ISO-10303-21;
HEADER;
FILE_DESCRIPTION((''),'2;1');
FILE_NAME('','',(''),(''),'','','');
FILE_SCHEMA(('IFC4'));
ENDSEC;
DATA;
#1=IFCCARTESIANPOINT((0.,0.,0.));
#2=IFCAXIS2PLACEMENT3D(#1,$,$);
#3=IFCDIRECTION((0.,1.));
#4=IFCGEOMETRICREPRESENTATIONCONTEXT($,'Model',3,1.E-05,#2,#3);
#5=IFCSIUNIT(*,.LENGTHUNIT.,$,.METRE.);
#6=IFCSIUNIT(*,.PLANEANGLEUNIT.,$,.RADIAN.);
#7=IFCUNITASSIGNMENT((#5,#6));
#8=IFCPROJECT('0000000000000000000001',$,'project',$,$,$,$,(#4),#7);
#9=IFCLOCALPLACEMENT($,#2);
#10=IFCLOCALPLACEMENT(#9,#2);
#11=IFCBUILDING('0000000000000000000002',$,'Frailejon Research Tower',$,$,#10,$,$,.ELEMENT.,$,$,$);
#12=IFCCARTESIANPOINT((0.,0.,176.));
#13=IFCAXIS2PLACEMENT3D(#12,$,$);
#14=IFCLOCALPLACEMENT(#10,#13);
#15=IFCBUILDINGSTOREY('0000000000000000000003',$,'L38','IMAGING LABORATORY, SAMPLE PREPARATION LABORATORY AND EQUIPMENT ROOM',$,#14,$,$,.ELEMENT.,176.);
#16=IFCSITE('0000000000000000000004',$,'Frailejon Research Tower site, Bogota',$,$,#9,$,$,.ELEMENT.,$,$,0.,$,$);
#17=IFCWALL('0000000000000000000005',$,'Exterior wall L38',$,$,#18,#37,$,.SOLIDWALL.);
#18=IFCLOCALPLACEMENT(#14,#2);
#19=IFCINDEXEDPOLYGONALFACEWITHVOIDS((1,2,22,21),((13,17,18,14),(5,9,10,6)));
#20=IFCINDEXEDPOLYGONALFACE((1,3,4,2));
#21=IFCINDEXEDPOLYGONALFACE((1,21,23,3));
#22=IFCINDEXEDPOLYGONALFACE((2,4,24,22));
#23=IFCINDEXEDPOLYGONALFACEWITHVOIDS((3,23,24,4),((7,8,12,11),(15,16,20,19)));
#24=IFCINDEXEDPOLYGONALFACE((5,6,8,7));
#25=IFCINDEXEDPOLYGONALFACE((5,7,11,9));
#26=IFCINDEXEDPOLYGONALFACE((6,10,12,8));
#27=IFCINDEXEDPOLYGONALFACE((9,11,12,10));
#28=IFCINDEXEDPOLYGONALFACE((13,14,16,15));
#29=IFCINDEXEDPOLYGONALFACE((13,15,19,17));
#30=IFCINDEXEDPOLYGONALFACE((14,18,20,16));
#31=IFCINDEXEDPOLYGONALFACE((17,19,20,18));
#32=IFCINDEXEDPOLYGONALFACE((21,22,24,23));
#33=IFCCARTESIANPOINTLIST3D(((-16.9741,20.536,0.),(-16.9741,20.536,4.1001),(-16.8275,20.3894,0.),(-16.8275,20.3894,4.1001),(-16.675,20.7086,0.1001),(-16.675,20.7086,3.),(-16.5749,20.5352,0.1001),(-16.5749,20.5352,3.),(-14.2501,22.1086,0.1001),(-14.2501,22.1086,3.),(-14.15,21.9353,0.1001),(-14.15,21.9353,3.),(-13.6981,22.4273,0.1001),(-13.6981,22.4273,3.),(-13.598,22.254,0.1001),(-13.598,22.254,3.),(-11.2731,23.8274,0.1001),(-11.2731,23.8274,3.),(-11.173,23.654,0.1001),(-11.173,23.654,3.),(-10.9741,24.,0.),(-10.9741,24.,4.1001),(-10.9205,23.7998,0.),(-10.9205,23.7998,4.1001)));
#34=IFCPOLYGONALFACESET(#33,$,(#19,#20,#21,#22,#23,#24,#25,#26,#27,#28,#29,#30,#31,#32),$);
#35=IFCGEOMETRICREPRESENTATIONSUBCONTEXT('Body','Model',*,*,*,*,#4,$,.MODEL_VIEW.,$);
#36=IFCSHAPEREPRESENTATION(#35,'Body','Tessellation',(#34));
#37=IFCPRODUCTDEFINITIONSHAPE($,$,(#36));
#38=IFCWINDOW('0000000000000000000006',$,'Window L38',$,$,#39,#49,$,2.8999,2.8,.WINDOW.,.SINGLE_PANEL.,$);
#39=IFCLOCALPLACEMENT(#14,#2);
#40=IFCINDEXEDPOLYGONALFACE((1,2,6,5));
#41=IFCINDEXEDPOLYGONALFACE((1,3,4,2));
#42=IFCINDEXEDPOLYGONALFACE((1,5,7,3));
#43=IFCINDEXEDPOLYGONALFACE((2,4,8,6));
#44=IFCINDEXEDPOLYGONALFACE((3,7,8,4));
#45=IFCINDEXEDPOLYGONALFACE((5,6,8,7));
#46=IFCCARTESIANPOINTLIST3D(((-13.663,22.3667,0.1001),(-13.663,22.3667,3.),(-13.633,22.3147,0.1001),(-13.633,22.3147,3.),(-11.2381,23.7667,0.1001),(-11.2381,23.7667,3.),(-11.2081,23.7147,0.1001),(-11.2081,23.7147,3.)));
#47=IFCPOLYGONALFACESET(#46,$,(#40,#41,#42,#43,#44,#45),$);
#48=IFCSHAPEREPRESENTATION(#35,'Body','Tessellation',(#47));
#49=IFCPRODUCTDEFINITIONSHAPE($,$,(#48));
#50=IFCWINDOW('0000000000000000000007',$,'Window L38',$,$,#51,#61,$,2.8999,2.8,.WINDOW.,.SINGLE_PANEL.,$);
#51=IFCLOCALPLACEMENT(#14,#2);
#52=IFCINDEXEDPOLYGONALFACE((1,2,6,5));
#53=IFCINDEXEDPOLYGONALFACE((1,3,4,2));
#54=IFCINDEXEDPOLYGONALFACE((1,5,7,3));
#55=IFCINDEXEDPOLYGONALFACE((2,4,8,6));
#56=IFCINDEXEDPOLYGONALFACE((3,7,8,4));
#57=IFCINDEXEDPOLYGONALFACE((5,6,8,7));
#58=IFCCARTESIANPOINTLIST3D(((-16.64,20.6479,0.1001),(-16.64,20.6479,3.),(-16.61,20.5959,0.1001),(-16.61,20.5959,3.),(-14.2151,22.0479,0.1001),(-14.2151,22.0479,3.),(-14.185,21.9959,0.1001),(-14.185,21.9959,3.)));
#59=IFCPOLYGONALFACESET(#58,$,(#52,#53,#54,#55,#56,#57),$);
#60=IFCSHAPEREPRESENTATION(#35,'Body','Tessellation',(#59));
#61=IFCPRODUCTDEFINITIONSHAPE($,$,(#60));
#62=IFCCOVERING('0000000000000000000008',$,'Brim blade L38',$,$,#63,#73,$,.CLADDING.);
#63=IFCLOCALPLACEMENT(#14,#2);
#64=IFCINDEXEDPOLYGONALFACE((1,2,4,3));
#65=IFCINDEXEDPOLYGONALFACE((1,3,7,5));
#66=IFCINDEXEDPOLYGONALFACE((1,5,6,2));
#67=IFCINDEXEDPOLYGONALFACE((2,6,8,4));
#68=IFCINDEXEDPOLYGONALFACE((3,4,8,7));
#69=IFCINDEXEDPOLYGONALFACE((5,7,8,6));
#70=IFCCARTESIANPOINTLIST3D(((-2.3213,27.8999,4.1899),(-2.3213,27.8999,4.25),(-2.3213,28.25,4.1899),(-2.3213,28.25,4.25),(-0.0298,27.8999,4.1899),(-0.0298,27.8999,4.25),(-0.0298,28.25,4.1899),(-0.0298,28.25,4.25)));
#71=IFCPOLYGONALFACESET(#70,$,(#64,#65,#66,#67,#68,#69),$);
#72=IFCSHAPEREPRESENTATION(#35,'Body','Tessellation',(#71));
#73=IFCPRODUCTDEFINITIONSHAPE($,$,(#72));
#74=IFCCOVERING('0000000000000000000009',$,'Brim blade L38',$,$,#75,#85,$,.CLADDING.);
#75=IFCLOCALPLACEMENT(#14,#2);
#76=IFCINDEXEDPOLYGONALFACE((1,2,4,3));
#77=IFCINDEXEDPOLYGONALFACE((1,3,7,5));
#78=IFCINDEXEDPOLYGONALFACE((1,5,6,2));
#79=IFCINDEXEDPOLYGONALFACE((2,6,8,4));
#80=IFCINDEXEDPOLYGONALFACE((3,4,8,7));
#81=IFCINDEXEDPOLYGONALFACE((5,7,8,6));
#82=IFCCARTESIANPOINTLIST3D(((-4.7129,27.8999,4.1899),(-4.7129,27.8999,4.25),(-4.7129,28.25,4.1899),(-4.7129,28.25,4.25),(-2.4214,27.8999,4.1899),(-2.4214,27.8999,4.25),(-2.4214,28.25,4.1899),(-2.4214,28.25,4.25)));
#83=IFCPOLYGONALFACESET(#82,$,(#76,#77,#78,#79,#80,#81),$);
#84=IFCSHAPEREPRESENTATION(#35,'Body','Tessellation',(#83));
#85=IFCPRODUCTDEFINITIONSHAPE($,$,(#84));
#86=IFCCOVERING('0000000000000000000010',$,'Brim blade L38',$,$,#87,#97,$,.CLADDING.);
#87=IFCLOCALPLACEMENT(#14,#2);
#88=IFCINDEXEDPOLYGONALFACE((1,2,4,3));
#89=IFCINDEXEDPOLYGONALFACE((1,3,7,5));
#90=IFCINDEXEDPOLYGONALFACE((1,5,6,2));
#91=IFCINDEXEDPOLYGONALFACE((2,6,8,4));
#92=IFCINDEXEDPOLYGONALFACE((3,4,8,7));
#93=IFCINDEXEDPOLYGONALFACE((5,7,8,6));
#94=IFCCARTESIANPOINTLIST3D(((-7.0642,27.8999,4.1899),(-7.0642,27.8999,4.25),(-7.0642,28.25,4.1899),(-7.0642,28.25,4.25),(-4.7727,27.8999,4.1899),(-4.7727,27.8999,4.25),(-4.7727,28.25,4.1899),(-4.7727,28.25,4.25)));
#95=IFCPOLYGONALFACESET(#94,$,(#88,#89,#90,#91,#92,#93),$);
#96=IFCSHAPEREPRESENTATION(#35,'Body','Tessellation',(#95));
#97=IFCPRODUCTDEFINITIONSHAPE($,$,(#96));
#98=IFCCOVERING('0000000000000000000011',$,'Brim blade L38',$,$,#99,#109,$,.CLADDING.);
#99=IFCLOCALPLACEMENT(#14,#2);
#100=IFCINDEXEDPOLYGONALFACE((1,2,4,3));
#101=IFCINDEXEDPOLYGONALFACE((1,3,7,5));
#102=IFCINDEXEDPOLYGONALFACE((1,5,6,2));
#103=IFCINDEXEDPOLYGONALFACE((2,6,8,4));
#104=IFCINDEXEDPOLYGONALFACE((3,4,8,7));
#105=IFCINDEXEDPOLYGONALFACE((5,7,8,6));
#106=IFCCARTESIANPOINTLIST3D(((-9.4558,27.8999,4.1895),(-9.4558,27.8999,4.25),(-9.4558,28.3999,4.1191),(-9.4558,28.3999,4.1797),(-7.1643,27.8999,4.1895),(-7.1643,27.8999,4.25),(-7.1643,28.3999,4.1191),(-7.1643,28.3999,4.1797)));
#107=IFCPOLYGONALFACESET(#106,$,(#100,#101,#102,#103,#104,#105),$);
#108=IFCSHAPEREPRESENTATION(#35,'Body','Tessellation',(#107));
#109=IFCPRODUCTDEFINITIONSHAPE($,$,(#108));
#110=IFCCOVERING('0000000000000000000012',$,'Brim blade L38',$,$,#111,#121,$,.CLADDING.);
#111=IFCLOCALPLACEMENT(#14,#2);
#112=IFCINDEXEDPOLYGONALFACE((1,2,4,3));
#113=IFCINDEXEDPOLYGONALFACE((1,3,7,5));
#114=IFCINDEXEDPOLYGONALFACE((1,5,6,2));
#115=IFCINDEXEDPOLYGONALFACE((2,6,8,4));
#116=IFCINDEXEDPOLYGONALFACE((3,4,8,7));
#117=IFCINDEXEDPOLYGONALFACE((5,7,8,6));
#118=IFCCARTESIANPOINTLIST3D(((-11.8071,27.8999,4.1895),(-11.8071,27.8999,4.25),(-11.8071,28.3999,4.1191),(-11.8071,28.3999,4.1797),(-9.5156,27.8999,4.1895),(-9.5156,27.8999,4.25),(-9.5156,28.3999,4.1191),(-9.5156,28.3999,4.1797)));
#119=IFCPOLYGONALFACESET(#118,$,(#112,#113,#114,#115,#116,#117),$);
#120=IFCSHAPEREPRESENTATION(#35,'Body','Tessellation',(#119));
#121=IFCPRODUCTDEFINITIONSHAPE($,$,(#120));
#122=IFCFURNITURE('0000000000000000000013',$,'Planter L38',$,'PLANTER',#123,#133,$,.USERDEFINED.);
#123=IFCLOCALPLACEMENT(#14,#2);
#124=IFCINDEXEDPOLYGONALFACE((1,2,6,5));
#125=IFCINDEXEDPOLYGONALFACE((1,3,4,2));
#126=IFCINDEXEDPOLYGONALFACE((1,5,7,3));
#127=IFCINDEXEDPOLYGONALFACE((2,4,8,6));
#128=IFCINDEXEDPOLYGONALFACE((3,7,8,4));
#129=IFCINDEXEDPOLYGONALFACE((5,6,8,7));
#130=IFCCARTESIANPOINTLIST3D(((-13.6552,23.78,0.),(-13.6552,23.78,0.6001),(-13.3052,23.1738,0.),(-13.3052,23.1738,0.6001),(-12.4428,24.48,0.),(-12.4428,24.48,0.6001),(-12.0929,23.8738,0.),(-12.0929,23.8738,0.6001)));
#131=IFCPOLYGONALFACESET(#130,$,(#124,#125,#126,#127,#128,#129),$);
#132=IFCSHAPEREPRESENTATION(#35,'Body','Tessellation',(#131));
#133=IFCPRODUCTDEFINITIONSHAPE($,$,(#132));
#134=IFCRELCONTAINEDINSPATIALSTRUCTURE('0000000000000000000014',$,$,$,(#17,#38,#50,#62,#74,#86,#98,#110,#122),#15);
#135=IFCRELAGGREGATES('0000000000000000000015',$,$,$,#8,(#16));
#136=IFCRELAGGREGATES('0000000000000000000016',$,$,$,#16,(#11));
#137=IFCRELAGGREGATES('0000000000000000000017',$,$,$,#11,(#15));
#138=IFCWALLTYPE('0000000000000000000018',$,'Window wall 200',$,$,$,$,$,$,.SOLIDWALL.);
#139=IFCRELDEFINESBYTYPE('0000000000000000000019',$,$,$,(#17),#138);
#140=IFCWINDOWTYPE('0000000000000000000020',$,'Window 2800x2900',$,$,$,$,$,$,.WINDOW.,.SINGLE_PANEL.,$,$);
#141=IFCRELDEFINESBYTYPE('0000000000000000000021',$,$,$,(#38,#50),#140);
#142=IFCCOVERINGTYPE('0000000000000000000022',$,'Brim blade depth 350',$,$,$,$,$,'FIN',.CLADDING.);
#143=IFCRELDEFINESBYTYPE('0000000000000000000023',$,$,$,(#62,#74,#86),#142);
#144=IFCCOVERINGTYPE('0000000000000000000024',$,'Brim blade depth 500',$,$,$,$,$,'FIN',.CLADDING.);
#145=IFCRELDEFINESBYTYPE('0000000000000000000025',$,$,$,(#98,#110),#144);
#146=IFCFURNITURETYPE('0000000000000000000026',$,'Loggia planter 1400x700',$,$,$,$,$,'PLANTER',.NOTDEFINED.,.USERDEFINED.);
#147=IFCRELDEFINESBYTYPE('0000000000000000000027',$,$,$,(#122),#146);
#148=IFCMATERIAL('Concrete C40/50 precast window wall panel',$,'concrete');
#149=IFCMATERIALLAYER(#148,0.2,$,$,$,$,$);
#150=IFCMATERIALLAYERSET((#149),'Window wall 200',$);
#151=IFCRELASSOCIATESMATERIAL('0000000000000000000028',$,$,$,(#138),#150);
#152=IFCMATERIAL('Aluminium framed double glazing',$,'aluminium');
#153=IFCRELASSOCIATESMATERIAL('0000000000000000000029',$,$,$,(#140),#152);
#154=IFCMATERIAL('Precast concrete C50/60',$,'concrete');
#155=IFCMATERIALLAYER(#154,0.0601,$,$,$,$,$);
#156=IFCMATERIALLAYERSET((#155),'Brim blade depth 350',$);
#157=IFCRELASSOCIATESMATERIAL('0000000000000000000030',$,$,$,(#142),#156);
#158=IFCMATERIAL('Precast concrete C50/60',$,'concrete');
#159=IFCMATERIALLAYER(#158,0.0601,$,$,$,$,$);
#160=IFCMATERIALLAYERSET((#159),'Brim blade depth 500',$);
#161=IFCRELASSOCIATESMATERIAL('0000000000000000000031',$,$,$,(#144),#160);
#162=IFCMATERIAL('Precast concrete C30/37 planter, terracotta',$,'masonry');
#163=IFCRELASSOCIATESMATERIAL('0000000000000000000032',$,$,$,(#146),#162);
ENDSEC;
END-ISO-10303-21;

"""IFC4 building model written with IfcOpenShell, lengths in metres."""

from ifc_helpers import new_model, si_unit, direction, frame, frame_2d, origin, origin_2d, place, context, subcontext, project, spatial, polyline, rectangle, outline, extrude, material, layer, layer_set, type_object, element, fill, save


model = new_model("IFC4")

# Units and contexts
model_context = context("Model", 3, precision=1e-05, world=origin(), true_north=direction((0.0, 1.0)))
body_context = subcontext(model_context, "Body", "Model", "MODEL_VIEW")
ifc_project = project(units=[si_unit("LENGTHUNIT", "METRE"), si_unit("PLANEANGLEUNIT", "RADIAN")], contexts=[model_context])

# Site, building, storey
site_placement = place(None, origin())
site = spatial("IfcSite", under=ifc_project, at=site_placement, Name="Frailejon Research Tower site, Bogota", CompositionType="ELEMENT", RefElevation=0.0)
building_placement = place(site_placement, origin())
building = spatial("IfcBuilding", under=site, at=building_placement, Name="Frailejon Research Tower", CompositionType="ELEMENT")
storey_placement = place(building_placement, frame((0.0, 0.0, 176.0)))
storey = spatial("IfcBuildingStorey", under=building, at=storey_placement, Name="L38", Description="IMAGING LABORATORY, SAMPLE PREPARATION LABORATORY AND EQUIPMENT ROOM", CompositionType="ELEMENT", Elevation=176.0)

# Wall, openings, windows
ifc_material_1 = material(Name="Concrete C40/50 precast window wall panel", Category="concrete")
ifc_layer_1 = layer(ifc_material_1, 0.2)
ifc_layer_set_1 = layer_set([ifc_layer_1], Name="Window wall 200")
wall_type = type_object("IfcWallType", Name="Window wall 200", PredefinedType="SOLIDWALL", material=ifc_layer_set_1)
wall_placement = place(storey_placement, frame((-10.9473, 23.8999, 0.0), z_axis=(0.0, 0.0, 1.0), x_axis=(-0.866029, -0.499993, 0.0)))
wall = element("IfcWall", 1, at=wall_placement, inside=storey, type_object=wall_type, Name="Exterior wall L38", PredefinedType="SOLIDWALL", context=body_context, shape_type="SweptSolid", body=[
    extrude(outline(polyline([(-0.0269, -0.1001), (1.1279, -0.1001), (2.2825, -0.1001), (3.4373, -0.1001), (4.592, -0.1001), (5.7466, -0.1001), (6.9014, -0.1001), (6.8477, 0.1001), (5.7109, 0.1001), (4.574, 0.1001), (3.4373, 0.1001), (2.3005, 0.1001), (1.1636, 0.1001), (0.0269, 0.1001), (-0.0269, -0.1001)])), origin(), (0.0, 0.0, 1.0), 4.1001),
])
opening_1_placement = place(wall_placement, frame((0.3186, 0.0, 0.1001)))
opening_1 = element("IfcOpeningElement", 2, at=opening_1_placement, cuts=wall, PredefinedType="OPENING", context=body_context, shape_type="SweptSolid", body=[
    extrude(rectangle(XDim=2.8, YDim=2.8999, at=frame_2d((1.3999, 1.45))), frame((0.0, 0.1099, 0.0), z_axis=(0.0, -1.0, 0.0), x_axis=(1.0, 0.0, 0.0)), (0.0, 0.0, 1.0), 0.22),
])
opening_2_placement = place(wall_placement, frame((3.7561, 0.0, 0.1001)))
opening_2 = element("IfcOpeningElement", 3, at=opening_2_placement, cuts=wall, PredefinedType="OPENING", context=body_context, shape_type="SweptSolid", body=[
    extrude(rectangle(XDim=2.8, YDim=2.8999, at=frame_2d((1.3999, 1.45))), frame((0.0, 0.1099, 0.0), z_axis=(0.0, -1.0, 0.0), x_axis=(1.0, 0.0, 0.0)), (0.0, 0.0, 1.0), 0.22),
])
ifc_material_2 = material(Name="Aluminium framed double glazing", Category="aluminium")
window_type = type_object("IfcWindowType", Name="Window 2800x2900", PartitioningType="SINGLE_PANEL", PredefinedType="WINDOW", material=ifc_material_2)
window_1_placement = place(opening_1_placement, origin())
window_1 = element("IfcWindow", 4, at=window_1_placement, inside=storey, type_object=window_type, Name="Window L38", OverallHeight=2.8999, OverallWidth=2.8, PartitioningType="SINGLE_PANEL", PredefinedType="WINDOW", context=body_context, shape_type="SweptSolid", body=[
    extrude(rectangle(XDim=2.8, YDim=2.8999, at=frame_2d((1.3999, 1.45))), frame((0.0, 0.03, 0.0), z_axis=(0.0, -1.0, 0.0), x_axis=(1.0, 0.0, 0.0)), (0.0, 0.0, 1.0), 0.0601),
])
fill(opening_1, window_1)
window_2_placement = place(opening_2_placement, origin())
window_2 = element("IfcWindow", 5, at=window_2_placement, inside=storey, type_object=window_type, Name="Window L38", OverallHeight=2.8999, OverallWidth=2.8, PartitioningType="SINGLE_PANEL", PredefinedType="WINDOW", context=body_context, shape_type="SweptSolid", body=[
    extrude(rectangle(XDim=2.8, YDim=2.8999, at=frame_2d((1.3999, 1.45))), frame((0.0, 0.03, 0.0), z_axis=(0.0, -1.0, 0.0), x_axis=(1.0, 0.0, 0.0)), (0.0, 0.0, 1.0), 0.0601),
])
fill(opening_2, window_2)

# Coverings
ifc_material_3 = material(Name="Precast concrete C50/60", Category="concrete")
ifc_layer_2 = layer(ifc_material_3, 0.0601)
ifc_layer_set_2 = layer_set([ifc_layer_2], Name="Brim blade depth 350")
covering_type_1 = type_object("IfcCoveringType", Name="Brim blade depth 350", ElementType="FIN", PredefinedType="CLADDING", material=ifc_layer_set_2)
for number, where, z_axis, x_axis, name in (
    (6, (-2.3213, 27.8999, 4.25), (1.0, 0.0, 0.0), (0.0, 1.0, 0.0), "Brim blade L38"),
    (7, (-4.7129, 27.8999, 4.25), (1.0, 0.0, 0.0), (0.0, 1.0, 0.0), "Brim blade L38"),
    (8, (-7.0642, 27.8999, 4.25), (1.0, 0.0, 0.0), (0.0, 1.0, 0.0), "Brim blade L38"),
):
    element("IfcCovering", number, at=place(storey_placement, frame(where, z_axis=z_axis, x_axis=x_axis)), inside=storey, type_object=covering_type_1, Name=name, PredefinedType="CLADDING", context=body_context, shape_type="SweptSolid", body=[
        extrude(outline(polyline([(0.0, -0.0601), (0.3501, -0.0601), (0.3501, 0.0), (0.0, 0.0), (0.0, -0.0601)])), origin(), (0.0, 0.0, 1.0), 2.2915),
    ])
ifc_material_4 = material(Name="Precast concrete C50/60", Category="concrete")
ifc_layer_3 = layer(ifc_material_4, 0.0601)
ifc_layer_set_3 = layer_set([ifc_layer_3], Name="Brim blade depth 500")
covering_type_2 = type_object("IfcCoveringType", Name="Brim blade depth 500", ElementType="FIN", PredefinedType="CLADDING", material=ifc_layer_set_3)
for number, where, z_axis, x_axis, name in (
    (9, (-9.4558, 27.8999, 4.25), (1.0, 0.0, 0.0), (0.0, 1.0, 0.0), "Brim blade L38"),
    (10, (-11.8071, 27.8999, 4.25), (1.0, 0.0, 0.0), (0.0, 1.0, 0.0), "Brim blade L38"),
):
    element("IfcCovering", number, at=place(storey_placement, frame(where, z_axis=z_axis, x_axis=x_axis)), inside=storey, type_object=covering_type_2, Name=name, PredefinedType="CLADDING", context=body_context, shape_type="SweptSolid", body=[
        extrude(outline(polyline([(0.0, -0.0605), (0.5, -0.1309), (0.5, -0.0703), (0.0, 0.0), (0.0, -0.0605)])), origin(), (0.0, 0.0, 1.0), 2.2915),
    ])

# Furniture
ifc_material_5 = material(Name="Precast concrete C30/37 planter, terracotta", Category="masonry")
furniture_type = type_object("IfcFurnitureType", Name="Loggia planter 1400x700", ElementType="PLANTER", AssemblyPlace="NOTDEFINED", PredefinedType="USERDEFINED", material=ifc_material_5)
furniture_placement = place(storey_placement, frame((-12.874, 23.8269, 0.0), z_axis=(0.0, 0.0, 1.0), x_axis=(-0.866025, -0.5, 0.0)))
element("IfcFurniture", 11, at=furniture_placement, inside=storey, type_object=furniture_type, Name="Planter L38", ObjectType="PLANTER", PredefinedType="USERDEFINED", context=body_context, shape_type="SweptSolid", body=[
    extrude(rectangle(XDim=1.3999, YDim=0.7, at=origin_2d()), origin(), (0.0, 0.0, 1.0), 0.6001),
])

save(model, "model.ifc")
